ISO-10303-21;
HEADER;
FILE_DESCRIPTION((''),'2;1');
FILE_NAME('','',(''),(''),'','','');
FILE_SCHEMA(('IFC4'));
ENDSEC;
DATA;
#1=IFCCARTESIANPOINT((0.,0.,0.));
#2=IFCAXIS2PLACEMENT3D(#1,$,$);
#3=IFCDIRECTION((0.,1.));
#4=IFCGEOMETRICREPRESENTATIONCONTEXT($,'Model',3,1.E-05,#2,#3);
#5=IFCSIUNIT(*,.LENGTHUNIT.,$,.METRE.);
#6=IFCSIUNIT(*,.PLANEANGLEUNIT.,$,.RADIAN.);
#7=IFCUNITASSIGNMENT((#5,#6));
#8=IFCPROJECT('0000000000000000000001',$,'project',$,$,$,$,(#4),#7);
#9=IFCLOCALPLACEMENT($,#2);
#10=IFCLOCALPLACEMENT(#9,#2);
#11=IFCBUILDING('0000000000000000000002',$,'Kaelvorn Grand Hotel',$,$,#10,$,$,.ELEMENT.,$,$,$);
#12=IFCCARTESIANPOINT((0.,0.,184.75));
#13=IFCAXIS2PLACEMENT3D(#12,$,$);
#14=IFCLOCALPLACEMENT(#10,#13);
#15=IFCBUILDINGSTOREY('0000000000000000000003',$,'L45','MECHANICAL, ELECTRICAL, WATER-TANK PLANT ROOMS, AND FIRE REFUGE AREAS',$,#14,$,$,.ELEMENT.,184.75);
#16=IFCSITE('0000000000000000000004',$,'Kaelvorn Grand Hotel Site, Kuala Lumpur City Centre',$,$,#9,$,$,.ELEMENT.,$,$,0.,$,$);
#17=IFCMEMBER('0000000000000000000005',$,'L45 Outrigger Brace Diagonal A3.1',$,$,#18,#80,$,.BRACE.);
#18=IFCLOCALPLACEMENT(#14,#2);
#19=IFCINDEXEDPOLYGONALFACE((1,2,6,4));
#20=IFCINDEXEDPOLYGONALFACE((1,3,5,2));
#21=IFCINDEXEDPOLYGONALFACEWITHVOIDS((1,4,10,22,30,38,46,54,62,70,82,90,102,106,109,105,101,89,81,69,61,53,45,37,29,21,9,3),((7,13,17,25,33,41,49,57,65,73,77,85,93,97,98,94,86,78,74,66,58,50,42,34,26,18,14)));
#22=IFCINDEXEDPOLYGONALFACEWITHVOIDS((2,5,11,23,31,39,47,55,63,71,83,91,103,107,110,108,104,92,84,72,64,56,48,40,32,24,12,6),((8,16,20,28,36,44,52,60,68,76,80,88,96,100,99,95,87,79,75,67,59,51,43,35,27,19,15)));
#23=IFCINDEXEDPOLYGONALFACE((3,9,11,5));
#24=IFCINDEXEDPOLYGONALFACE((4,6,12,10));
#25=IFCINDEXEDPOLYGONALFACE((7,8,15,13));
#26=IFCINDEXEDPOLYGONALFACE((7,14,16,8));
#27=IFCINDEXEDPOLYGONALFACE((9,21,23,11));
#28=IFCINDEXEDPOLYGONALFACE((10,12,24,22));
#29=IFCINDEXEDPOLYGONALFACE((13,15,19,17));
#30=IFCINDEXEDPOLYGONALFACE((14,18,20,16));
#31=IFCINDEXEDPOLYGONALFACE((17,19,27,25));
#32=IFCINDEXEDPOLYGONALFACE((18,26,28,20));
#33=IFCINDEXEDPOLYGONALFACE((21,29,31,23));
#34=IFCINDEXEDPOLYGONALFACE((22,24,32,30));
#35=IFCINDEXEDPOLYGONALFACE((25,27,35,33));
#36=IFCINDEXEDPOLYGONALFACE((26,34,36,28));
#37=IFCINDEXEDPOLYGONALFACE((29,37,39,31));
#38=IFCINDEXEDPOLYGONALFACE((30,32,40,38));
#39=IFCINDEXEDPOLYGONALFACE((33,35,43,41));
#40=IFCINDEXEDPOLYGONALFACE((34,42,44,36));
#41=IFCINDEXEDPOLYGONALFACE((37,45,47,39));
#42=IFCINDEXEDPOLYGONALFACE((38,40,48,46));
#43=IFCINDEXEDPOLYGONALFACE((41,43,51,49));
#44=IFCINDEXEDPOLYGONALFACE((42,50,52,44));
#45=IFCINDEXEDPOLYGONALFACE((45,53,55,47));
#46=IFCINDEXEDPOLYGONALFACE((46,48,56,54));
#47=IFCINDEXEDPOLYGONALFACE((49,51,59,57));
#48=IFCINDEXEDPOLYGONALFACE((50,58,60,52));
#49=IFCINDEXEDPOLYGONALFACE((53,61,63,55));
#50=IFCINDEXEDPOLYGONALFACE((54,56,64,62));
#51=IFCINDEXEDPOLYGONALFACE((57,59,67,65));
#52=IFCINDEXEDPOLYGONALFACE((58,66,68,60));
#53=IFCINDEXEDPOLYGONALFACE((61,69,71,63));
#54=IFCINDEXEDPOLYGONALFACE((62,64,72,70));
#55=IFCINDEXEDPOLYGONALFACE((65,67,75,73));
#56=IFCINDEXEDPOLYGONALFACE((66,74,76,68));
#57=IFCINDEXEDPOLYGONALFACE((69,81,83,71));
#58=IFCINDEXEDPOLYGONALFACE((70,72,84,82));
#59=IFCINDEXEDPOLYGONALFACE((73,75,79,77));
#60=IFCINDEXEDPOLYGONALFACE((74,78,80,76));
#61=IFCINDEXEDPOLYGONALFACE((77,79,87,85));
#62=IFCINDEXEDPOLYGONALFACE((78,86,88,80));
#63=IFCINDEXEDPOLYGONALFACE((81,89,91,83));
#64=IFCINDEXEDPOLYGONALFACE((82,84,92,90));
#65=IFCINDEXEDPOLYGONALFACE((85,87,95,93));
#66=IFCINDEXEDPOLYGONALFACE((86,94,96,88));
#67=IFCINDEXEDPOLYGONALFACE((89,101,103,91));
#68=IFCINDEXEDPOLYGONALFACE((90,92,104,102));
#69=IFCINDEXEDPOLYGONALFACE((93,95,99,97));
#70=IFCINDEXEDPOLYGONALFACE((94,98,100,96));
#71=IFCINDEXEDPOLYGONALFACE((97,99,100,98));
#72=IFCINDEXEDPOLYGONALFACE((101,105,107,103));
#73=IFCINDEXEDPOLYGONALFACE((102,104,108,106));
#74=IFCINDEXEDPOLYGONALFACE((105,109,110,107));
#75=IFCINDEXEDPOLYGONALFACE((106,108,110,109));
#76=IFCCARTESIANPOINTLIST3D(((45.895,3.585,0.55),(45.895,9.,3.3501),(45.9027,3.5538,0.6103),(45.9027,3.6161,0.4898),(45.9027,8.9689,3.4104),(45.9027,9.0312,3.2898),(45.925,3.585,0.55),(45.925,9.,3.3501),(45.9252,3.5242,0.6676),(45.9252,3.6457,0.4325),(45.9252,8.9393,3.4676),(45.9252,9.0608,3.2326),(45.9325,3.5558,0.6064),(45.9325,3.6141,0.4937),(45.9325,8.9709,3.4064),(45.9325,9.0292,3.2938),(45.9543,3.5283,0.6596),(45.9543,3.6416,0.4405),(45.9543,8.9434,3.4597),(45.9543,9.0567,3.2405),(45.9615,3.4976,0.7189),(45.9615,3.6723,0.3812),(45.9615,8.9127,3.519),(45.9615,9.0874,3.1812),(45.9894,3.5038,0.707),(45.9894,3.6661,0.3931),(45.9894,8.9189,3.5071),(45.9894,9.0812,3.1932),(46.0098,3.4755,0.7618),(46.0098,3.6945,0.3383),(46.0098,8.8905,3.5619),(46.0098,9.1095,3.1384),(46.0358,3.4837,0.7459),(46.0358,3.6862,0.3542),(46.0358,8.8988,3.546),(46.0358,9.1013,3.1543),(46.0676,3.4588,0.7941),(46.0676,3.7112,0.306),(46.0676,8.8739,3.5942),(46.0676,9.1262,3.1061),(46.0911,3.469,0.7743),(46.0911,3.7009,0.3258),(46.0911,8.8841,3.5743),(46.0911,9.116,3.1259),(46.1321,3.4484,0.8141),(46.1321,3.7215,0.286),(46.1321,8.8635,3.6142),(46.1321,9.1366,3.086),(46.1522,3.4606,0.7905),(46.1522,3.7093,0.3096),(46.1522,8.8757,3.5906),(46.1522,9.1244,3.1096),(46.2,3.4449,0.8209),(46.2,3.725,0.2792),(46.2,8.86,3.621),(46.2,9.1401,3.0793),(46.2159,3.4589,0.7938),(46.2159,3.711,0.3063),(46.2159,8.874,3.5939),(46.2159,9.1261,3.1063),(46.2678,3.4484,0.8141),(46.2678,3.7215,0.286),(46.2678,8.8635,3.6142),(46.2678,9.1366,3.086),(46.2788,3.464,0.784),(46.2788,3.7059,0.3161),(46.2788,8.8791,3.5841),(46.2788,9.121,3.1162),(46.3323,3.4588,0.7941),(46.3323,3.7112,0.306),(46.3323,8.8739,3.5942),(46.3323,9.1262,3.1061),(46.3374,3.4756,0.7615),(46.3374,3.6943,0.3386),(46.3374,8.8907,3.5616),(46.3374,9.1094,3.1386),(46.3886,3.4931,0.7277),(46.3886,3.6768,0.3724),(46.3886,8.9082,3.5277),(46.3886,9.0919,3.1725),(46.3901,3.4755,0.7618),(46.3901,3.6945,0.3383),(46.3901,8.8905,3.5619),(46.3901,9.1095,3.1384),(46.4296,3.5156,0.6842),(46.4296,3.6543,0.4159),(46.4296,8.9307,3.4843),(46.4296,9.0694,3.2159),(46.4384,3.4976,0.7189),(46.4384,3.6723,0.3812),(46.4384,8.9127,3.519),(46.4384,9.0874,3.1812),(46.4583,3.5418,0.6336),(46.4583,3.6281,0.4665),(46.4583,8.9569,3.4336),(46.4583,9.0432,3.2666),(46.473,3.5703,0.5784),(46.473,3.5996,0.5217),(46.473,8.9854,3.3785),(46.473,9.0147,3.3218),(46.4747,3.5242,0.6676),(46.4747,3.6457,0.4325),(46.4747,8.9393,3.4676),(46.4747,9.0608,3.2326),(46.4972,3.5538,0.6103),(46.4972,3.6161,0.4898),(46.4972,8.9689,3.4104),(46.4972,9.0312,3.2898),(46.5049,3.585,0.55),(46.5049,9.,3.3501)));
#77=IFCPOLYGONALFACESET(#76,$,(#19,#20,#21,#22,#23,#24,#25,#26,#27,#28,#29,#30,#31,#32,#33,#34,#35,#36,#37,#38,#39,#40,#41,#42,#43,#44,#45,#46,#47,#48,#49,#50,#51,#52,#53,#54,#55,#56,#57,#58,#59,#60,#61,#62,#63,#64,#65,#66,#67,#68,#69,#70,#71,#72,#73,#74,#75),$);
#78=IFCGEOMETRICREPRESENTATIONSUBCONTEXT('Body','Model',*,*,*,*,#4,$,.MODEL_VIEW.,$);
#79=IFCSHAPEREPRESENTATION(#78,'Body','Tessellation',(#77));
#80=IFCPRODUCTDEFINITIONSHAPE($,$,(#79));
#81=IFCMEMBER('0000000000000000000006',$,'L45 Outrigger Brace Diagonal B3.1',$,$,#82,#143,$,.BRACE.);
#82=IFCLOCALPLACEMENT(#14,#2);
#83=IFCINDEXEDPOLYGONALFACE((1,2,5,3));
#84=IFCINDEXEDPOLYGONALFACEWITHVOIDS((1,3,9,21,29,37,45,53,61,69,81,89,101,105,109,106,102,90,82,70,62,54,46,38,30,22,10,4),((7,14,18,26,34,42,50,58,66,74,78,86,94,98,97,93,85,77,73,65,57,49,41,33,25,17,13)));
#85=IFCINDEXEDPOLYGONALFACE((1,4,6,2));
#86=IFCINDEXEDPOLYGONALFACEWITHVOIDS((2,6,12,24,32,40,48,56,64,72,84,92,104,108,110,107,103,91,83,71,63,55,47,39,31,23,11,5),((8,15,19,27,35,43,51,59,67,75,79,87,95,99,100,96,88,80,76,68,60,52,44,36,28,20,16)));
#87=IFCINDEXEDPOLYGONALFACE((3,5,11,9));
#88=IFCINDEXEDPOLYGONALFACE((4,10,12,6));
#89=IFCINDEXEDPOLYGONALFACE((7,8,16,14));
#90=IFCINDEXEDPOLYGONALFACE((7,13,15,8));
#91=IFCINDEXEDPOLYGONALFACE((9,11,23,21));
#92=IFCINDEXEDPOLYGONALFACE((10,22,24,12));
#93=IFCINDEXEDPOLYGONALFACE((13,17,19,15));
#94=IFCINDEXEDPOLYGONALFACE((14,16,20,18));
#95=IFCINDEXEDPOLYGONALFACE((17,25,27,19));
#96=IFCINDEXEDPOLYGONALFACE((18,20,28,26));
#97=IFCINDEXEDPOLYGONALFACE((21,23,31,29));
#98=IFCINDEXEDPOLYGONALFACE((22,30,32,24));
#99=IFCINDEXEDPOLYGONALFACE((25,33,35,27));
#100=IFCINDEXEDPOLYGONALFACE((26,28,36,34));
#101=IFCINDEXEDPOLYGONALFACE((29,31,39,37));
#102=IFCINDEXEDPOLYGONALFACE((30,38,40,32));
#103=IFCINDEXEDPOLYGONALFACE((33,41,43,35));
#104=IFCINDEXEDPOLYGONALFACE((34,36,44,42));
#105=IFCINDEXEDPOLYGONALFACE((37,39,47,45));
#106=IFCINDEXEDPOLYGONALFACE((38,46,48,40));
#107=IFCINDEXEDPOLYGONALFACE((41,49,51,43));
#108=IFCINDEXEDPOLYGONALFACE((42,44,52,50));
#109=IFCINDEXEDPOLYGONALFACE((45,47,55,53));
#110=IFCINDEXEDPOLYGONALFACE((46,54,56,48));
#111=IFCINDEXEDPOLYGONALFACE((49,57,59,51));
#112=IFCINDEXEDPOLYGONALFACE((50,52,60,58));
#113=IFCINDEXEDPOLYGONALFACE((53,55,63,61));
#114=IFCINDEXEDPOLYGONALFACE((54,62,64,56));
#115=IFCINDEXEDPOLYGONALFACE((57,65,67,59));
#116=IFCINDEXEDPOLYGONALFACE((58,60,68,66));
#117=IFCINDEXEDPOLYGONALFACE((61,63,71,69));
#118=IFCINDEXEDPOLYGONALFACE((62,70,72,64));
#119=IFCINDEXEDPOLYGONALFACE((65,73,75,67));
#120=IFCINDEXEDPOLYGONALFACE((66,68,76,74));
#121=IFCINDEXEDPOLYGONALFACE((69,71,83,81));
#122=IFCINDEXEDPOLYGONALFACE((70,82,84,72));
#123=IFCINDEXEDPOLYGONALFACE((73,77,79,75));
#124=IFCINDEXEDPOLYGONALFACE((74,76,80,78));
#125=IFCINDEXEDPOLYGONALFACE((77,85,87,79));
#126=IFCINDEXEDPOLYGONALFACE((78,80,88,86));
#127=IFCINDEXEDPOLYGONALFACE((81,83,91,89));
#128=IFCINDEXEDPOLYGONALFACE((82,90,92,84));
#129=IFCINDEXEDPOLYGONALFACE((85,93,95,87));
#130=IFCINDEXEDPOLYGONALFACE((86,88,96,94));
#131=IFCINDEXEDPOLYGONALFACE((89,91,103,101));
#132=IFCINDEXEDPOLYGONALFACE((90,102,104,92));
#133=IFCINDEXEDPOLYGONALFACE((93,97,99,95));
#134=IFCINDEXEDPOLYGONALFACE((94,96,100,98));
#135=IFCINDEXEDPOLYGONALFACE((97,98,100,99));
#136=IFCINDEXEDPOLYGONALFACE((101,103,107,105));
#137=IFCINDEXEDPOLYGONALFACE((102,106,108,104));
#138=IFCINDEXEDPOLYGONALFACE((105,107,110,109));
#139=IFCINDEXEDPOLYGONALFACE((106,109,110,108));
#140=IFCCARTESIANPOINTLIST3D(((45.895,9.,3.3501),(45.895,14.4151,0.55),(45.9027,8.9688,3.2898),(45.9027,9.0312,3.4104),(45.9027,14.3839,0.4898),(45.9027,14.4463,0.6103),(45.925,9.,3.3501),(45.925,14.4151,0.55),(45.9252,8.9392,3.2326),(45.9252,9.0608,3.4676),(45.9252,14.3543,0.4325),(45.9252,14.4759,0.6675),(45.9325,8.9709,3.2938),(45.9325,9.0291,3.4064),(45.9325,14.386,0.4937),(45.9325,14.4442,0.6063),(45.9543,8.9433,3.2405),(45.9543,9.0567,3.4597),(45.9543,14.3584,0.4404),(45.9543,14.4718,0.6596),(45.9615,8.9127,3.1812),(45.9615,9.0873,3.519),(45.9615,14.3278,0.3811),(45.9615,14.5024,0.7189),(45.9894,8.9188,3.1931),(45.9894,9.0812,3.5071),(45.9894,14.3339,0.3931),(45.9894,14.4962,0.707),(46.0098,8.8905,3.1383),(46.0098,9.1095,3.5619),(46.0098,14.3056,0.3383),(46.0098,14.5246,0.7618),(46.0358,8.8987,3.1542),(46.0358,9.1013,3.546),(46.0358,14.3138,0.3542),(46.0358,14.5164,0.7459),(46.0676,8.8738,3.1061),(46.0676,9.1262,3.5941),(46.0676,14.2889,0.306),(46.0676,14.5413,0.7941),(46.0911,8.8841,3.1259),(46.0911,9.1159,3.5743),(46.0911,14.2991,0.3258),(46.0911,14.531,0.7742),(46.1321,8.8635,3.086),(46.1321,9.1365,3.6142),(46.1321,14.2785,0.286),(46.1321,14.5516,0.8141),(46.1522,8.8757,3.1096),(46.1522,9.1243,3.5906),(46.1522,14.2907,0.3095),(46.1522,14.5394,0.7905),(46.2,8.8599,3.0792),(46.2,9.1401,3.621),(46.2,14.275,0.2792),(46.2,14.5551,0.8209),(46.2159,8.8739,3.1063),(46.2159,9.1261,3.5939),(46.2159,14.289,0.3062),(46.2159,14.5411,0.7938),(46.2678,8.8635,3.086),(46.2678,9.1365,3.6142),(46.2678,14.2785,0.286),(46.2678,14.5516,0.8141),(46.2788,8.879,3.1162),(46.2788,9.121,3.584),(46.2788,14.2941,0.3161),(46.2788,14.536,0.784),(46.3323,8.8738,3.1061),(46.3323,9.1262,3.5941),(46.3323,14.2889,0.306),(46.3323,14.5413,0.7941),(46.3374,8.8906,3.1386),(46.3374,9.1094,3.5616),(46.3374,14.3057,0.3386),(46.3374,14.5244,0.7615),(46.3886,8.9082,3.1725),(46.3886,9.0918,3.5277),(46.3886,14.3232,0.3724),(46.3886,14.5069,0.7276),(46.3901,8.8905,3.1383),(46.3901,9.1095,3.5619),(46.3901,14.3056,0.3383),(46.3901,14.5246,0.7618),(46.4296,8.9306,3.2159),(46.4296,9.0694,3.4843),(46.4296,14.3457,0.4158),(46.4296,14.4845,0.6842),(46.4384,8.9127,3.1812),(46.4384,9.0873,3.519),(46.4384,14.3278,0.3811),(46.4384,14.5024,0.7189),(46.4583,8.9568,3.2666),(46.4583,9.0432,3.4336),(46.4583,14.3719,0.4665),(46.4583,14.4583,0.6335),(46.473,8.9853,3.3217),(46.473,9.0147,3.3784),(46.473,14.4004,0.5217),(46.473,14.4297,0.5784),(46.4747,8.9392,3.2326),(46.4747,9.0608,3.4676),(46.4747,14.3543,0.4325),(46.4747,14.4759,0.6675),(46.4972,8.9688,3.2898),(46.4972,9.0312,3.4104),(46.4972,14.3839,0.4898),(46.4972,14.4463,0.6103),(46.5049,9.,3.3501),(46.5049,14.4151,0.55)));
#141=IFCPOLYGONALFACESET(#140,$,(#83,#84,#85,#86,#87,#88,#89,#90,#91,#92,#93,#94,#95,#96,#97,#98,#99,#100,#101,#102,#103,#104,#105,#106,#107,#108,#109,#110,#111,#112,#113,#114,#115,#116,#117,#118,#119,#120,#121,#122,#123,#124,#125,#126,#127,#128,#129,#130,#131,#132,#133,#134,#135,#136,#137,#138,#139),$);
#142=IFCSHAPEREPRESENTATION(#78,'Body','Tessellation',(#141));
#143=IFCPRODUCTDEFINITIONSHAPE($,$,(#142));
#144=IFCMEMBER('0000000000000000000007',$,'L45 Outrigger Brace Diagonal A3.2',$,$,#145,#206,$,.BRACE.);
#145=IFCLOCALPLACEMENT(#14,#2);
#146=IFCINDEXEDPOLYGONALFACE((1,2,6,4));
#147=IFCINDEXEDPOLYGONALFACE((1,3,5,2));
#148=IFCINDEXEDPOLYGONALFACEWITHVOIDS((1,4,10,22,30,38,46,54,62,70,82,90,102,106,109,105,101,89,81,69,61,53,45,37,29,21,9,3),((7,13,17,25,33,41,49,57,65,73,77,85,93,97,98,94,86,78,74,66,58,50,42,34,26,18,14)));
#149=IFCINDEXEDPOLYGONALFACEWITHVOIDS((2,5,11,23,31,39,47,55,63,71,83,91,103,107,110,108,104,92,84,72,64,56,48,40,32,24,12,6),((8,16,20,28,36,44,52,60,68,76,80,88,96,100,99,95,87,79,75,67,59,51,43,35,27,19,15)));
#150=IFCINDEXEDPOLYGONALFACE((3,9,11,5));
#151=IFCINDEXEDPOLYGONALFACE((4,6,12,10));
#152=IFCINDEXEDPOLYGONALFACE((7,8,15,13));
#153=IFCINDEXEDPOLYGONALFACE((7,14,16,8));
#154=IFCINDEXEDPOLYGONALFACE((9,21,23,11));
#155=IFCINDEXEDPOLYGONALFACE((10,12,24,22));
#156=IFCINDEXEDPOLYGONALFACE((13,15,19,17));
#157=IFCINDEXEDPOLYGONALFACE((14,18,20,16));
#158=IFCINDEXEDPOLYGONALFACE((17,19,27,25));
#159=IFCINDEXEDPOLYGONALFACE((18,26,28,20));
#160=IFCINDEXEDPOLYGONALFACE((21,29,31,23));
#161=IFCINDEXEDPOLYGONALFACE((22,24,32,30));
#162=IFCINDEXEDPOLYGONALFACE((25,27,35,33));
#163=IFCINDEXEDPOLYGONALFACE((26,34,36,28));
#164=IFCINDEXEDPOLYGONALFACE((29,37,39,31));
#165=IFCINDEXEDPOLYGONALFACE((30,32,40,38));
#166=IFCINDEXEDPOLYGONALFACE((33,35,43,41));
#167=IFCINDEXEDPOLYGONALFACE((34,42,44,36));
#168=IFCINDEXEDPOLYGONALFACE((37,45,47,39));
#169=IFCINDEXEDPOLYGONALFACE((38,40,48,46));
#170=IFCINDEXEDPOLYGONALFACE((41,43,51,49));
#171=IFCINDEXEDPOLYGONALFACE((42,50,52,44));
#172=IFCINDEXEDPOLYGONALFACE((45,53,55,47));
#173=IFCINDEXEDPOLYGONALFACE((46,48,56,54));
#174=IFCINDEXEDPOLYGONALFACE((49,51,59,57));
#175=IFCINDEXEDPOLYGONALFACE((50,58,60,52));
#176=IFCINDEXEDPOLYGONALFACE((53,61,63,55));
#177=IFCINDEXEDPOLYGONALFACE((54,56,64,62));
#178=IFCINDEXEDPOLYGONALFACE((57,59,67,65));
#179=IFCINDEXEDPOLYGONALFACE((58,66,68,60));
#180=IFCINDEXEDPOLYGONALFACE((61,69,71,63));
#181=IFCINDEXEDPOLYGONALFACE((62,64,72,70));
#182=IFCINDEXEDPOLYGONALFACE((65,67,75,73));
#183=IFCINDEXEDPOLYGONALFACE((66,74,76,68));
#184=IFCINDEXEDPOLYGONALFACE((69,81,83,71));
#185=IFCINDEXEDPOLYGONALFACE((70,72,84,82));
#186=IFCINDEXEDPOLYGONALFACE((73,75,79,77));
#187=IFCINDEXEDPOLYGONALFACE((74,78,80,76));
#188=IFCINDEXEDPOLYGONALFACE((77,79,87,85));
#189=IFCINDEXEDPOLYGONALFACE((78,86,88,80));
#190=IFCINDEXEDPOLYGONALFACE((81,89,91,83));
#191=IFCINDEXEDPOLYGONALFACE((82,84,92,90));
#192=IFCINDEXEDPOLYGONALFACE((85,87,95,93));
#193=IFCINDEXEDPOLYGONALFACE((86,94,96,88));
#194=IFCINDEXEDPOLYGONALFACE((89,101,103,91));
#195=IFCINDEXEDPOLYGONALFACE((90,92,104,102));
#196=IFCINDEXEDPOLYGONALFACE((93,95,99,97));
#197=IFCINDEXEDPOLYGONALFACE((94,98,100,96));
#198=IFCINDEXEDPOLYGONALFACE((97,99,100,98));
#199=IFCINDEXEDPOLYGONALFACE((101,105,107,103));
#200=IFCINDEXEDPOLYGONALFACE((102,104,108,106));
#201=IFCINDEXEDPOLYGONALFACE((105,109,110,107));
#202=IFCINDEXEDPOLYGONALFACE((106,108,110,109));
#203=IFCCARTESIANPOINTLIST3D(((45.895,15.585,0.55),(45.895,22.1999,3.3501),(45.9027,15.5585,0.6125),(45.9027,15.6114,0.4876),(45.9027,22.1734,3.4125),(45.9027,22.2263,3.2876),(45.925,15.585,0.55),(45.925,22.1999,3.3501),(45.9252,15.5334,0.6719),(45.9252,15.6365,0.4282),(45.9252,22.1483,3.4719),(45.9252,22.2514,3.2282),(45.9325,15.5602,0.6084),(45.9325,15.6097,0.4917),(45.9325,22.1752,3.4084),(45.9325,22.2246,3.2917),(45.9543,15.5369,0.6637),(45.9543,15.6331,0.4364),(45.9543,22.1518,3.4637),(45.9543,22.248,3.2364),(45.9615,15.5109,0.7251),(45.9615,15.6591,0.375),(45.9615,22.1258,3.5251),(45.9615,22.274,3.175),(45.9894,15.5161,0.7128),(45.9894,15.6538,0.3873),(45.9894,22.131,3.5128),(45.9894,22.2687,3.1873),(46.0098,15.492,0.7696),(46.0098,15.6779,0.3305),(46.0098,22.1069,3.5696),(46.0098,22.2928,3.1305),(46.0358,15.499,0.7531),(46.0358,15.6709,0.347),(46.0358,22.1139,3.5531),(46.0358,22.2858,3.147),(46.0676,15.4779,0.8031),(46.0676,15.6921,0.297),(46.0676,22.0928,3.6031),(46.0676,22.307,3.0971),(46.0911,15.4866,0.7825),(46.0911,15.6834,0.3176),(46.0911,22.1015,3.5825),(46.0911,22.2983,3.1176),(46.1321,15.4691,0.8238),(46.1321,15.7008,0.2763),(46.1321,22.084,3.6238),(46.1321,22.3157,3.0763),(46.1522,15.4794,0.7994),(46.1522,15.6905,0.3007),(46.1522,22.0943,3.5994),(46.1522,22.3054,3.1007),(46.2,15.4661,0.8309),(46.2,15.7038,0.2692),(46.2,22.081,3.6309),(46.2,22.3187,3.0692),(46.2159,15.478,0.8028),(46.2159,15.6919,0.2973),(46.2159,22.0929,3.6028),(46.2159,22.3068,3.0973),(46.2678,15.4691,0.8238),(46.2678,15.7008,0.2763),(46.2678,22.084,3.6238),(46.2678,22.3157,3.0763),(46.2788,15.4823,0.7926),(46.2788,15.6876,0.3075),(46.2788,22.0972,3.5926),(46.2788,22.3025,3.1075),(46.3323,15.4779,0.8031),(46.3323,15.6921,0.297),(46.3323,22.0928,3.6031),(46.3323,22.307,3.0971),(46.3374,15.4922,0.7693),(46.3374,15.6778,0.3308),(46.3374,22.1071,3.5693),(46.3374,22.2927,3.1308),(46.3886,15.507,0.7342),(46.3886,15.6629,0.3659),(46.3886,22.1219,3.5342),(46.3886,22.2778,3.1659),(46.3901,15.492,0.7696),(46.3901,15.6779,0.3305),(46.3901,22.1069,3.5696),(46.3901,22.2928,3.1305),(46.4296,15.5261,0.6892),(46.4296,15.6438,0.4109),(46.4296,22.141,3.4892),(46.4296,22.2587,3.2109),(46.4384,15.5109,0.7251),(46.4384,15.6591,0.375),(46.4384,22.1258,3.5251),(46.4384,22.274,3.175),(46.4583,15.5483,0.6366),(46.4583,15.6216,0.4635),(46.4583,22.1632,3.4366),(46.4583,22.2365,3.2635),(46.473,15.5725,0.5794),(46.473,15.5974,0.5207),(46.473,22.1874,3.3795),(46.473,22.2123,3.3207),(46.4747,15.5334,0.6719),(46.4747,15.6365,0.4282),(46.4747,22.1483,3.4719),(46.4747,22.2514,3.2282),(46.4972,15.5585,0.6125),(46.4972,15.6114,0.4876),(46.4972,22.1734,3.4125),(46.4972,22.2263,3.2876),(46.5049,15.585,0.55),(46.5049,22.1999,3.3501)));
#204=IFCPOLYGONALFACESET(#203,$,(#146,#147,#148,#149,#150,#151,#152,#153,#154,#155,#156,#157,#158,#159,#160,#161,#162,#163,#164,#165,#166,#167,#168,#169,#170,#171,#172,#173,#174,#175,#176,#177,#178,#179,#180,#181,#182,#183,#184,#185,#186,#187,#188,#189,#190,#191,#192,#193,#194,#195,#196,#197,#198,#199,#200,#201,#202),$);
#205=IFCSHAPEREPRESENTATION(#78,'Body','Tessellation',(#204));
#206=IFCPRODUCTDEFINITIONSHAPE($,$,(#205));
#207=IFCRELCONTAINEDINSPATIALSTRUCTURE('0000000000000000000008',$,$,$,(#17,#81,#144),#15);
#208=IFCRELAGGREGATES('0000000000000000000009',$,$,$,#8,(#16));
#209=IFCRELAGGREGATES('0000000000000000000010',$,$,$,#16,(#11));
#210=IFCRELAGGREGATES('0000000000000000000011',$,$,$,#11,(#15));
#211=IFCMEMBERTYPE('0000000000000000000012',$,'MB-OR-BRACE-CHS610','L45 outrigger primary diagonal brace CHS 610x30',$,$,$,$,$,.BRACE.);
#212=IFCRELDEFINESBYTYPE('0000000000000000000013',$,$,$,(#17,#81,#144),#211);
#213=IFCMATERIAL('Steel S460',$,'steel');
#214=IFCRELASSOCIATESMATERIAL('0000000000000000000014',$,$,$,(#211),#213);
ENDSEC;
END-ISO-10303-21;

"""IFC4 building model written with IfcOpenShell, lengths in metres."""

from ifc_helpers import new_model, si_unit, direction, frame, origin, origin_2d, place, context, subcontext, project, spatial, hollow_circle, extrude, material, material_profile, profile_set, type_object, element, save


model = new_model("IFC4")

# Units and contexts
model_context = context("Model", 3, precision=1e-05, world=origin(), true_north=direction((0.0, 1.0)))
body_context = subcontext(model_context, "Body", "Model", "MODEL_VIEW")
ifc_project = project(units=[si_unit("LENGTHUNIT", "METRE"), si_unit("PLANEANGLEUNIT", "RADIAN")], contexts=[model_context])

# Site, building, storey
site_placement = place(None, origin())
site = spatial("IfcSite", under=ifc_project, at=site_placement, Name="Kaelvorn Grand Hotel Site, Kuala Lumpur City Centre", CompositionType="ELEMENT", RefElevation=0.0)
building_placement = place(site_placement, origin())
building = spatial("IfcBuilding", under=site, at=building_placement, Name="Kaelvorn Grand Hotel", CompositionType="ELEMENT")
storey_placement = place(building_placement, frame((0.0, 0.0, 184.75)))
storey = spatial("IfcBuildingStorey", under=building, at=storey_placement, Name="L45", Description="MECHANICAL, ELECTRICAL, WATER-TANK PLANT ROOMS, AND FIRE REFUGE AREAS", CompositionType="ELEMENT", Elevation=184.75)

# Shared definitions
ifc_material_1 = material(Name="Steel S460", Category="steel")

# Members
ifc_material_profile_1 = material_profile(ifc_material_1, hollow_circle(Radius=0.3049, WallThickness=0.03, at=origin_2d()), Name="CHS 610.0x30.0")
ifc_profile_set_1 = profile_set([ifc_material_profile_1], Name="Steel S460")
member_type_1 = type_object("IfcMemberType", Name="MB-OR-BRACE-CHS610", Description="L45 outrigger primary diagonal brace CHS 610x30", PredefinedType="BRACE", material=ifc_profile_set_1)
for number, where, z_axis, x_axis, name in (
    (1, (46.2, 3.585, 0.55), (0.0, 0.888273, 0.459315), (-1.0, 0.0, 0.0), "L45 Outrigger Brace Diagonal A3.1"),
    (2, (46.2, 9.0, 3.3501), (0.0, 0.888273, -0.459315), (-1.0, 0.0, 0.0), "L45 Outrigger Brace Diagonal B3.1"),
):
    element("IfcMember", number, at=place(storey_placement, frame(where, z_axis=z_axis, x_axis=x_axis)), inside=storey, type_object=member_type_1, Name=name, PredefinedType="BRACE", context=body_context, shape_type="SweptSolid", body=[
        extrude(hollow_circle(Radius=0.3049, WallThickness=0.03, at=origin_2d()), origin(), (0.0, 0.0, 1.0), 6.0962),
    ])
for number, where, z_axis, x_axis, name in (
    (3, (46.2, 15.585, 0.55), (0.0, 0.920897, 0.389805), (-1.0, 0.0, 0.0), "L45 Outrigger Brace Diagonal A3.2"),
):
    element("IfcMember", number, at=place(storey_placement, frame(where, z_axis=z_axis, x_axis=x_axis)), inside=storey, type_object=member_type_1, Name=name, PredefinedType="BRACE", context=body_context, shape_type="SweptSolid", body=[
        extrude(hollow_circle(Radius=0.3049, WallThickness=0.03, at=origin_2d()), origin(), (0.0, 0.0, 1.0), 7.1831),
    ])

save(model, "model.ifc")
